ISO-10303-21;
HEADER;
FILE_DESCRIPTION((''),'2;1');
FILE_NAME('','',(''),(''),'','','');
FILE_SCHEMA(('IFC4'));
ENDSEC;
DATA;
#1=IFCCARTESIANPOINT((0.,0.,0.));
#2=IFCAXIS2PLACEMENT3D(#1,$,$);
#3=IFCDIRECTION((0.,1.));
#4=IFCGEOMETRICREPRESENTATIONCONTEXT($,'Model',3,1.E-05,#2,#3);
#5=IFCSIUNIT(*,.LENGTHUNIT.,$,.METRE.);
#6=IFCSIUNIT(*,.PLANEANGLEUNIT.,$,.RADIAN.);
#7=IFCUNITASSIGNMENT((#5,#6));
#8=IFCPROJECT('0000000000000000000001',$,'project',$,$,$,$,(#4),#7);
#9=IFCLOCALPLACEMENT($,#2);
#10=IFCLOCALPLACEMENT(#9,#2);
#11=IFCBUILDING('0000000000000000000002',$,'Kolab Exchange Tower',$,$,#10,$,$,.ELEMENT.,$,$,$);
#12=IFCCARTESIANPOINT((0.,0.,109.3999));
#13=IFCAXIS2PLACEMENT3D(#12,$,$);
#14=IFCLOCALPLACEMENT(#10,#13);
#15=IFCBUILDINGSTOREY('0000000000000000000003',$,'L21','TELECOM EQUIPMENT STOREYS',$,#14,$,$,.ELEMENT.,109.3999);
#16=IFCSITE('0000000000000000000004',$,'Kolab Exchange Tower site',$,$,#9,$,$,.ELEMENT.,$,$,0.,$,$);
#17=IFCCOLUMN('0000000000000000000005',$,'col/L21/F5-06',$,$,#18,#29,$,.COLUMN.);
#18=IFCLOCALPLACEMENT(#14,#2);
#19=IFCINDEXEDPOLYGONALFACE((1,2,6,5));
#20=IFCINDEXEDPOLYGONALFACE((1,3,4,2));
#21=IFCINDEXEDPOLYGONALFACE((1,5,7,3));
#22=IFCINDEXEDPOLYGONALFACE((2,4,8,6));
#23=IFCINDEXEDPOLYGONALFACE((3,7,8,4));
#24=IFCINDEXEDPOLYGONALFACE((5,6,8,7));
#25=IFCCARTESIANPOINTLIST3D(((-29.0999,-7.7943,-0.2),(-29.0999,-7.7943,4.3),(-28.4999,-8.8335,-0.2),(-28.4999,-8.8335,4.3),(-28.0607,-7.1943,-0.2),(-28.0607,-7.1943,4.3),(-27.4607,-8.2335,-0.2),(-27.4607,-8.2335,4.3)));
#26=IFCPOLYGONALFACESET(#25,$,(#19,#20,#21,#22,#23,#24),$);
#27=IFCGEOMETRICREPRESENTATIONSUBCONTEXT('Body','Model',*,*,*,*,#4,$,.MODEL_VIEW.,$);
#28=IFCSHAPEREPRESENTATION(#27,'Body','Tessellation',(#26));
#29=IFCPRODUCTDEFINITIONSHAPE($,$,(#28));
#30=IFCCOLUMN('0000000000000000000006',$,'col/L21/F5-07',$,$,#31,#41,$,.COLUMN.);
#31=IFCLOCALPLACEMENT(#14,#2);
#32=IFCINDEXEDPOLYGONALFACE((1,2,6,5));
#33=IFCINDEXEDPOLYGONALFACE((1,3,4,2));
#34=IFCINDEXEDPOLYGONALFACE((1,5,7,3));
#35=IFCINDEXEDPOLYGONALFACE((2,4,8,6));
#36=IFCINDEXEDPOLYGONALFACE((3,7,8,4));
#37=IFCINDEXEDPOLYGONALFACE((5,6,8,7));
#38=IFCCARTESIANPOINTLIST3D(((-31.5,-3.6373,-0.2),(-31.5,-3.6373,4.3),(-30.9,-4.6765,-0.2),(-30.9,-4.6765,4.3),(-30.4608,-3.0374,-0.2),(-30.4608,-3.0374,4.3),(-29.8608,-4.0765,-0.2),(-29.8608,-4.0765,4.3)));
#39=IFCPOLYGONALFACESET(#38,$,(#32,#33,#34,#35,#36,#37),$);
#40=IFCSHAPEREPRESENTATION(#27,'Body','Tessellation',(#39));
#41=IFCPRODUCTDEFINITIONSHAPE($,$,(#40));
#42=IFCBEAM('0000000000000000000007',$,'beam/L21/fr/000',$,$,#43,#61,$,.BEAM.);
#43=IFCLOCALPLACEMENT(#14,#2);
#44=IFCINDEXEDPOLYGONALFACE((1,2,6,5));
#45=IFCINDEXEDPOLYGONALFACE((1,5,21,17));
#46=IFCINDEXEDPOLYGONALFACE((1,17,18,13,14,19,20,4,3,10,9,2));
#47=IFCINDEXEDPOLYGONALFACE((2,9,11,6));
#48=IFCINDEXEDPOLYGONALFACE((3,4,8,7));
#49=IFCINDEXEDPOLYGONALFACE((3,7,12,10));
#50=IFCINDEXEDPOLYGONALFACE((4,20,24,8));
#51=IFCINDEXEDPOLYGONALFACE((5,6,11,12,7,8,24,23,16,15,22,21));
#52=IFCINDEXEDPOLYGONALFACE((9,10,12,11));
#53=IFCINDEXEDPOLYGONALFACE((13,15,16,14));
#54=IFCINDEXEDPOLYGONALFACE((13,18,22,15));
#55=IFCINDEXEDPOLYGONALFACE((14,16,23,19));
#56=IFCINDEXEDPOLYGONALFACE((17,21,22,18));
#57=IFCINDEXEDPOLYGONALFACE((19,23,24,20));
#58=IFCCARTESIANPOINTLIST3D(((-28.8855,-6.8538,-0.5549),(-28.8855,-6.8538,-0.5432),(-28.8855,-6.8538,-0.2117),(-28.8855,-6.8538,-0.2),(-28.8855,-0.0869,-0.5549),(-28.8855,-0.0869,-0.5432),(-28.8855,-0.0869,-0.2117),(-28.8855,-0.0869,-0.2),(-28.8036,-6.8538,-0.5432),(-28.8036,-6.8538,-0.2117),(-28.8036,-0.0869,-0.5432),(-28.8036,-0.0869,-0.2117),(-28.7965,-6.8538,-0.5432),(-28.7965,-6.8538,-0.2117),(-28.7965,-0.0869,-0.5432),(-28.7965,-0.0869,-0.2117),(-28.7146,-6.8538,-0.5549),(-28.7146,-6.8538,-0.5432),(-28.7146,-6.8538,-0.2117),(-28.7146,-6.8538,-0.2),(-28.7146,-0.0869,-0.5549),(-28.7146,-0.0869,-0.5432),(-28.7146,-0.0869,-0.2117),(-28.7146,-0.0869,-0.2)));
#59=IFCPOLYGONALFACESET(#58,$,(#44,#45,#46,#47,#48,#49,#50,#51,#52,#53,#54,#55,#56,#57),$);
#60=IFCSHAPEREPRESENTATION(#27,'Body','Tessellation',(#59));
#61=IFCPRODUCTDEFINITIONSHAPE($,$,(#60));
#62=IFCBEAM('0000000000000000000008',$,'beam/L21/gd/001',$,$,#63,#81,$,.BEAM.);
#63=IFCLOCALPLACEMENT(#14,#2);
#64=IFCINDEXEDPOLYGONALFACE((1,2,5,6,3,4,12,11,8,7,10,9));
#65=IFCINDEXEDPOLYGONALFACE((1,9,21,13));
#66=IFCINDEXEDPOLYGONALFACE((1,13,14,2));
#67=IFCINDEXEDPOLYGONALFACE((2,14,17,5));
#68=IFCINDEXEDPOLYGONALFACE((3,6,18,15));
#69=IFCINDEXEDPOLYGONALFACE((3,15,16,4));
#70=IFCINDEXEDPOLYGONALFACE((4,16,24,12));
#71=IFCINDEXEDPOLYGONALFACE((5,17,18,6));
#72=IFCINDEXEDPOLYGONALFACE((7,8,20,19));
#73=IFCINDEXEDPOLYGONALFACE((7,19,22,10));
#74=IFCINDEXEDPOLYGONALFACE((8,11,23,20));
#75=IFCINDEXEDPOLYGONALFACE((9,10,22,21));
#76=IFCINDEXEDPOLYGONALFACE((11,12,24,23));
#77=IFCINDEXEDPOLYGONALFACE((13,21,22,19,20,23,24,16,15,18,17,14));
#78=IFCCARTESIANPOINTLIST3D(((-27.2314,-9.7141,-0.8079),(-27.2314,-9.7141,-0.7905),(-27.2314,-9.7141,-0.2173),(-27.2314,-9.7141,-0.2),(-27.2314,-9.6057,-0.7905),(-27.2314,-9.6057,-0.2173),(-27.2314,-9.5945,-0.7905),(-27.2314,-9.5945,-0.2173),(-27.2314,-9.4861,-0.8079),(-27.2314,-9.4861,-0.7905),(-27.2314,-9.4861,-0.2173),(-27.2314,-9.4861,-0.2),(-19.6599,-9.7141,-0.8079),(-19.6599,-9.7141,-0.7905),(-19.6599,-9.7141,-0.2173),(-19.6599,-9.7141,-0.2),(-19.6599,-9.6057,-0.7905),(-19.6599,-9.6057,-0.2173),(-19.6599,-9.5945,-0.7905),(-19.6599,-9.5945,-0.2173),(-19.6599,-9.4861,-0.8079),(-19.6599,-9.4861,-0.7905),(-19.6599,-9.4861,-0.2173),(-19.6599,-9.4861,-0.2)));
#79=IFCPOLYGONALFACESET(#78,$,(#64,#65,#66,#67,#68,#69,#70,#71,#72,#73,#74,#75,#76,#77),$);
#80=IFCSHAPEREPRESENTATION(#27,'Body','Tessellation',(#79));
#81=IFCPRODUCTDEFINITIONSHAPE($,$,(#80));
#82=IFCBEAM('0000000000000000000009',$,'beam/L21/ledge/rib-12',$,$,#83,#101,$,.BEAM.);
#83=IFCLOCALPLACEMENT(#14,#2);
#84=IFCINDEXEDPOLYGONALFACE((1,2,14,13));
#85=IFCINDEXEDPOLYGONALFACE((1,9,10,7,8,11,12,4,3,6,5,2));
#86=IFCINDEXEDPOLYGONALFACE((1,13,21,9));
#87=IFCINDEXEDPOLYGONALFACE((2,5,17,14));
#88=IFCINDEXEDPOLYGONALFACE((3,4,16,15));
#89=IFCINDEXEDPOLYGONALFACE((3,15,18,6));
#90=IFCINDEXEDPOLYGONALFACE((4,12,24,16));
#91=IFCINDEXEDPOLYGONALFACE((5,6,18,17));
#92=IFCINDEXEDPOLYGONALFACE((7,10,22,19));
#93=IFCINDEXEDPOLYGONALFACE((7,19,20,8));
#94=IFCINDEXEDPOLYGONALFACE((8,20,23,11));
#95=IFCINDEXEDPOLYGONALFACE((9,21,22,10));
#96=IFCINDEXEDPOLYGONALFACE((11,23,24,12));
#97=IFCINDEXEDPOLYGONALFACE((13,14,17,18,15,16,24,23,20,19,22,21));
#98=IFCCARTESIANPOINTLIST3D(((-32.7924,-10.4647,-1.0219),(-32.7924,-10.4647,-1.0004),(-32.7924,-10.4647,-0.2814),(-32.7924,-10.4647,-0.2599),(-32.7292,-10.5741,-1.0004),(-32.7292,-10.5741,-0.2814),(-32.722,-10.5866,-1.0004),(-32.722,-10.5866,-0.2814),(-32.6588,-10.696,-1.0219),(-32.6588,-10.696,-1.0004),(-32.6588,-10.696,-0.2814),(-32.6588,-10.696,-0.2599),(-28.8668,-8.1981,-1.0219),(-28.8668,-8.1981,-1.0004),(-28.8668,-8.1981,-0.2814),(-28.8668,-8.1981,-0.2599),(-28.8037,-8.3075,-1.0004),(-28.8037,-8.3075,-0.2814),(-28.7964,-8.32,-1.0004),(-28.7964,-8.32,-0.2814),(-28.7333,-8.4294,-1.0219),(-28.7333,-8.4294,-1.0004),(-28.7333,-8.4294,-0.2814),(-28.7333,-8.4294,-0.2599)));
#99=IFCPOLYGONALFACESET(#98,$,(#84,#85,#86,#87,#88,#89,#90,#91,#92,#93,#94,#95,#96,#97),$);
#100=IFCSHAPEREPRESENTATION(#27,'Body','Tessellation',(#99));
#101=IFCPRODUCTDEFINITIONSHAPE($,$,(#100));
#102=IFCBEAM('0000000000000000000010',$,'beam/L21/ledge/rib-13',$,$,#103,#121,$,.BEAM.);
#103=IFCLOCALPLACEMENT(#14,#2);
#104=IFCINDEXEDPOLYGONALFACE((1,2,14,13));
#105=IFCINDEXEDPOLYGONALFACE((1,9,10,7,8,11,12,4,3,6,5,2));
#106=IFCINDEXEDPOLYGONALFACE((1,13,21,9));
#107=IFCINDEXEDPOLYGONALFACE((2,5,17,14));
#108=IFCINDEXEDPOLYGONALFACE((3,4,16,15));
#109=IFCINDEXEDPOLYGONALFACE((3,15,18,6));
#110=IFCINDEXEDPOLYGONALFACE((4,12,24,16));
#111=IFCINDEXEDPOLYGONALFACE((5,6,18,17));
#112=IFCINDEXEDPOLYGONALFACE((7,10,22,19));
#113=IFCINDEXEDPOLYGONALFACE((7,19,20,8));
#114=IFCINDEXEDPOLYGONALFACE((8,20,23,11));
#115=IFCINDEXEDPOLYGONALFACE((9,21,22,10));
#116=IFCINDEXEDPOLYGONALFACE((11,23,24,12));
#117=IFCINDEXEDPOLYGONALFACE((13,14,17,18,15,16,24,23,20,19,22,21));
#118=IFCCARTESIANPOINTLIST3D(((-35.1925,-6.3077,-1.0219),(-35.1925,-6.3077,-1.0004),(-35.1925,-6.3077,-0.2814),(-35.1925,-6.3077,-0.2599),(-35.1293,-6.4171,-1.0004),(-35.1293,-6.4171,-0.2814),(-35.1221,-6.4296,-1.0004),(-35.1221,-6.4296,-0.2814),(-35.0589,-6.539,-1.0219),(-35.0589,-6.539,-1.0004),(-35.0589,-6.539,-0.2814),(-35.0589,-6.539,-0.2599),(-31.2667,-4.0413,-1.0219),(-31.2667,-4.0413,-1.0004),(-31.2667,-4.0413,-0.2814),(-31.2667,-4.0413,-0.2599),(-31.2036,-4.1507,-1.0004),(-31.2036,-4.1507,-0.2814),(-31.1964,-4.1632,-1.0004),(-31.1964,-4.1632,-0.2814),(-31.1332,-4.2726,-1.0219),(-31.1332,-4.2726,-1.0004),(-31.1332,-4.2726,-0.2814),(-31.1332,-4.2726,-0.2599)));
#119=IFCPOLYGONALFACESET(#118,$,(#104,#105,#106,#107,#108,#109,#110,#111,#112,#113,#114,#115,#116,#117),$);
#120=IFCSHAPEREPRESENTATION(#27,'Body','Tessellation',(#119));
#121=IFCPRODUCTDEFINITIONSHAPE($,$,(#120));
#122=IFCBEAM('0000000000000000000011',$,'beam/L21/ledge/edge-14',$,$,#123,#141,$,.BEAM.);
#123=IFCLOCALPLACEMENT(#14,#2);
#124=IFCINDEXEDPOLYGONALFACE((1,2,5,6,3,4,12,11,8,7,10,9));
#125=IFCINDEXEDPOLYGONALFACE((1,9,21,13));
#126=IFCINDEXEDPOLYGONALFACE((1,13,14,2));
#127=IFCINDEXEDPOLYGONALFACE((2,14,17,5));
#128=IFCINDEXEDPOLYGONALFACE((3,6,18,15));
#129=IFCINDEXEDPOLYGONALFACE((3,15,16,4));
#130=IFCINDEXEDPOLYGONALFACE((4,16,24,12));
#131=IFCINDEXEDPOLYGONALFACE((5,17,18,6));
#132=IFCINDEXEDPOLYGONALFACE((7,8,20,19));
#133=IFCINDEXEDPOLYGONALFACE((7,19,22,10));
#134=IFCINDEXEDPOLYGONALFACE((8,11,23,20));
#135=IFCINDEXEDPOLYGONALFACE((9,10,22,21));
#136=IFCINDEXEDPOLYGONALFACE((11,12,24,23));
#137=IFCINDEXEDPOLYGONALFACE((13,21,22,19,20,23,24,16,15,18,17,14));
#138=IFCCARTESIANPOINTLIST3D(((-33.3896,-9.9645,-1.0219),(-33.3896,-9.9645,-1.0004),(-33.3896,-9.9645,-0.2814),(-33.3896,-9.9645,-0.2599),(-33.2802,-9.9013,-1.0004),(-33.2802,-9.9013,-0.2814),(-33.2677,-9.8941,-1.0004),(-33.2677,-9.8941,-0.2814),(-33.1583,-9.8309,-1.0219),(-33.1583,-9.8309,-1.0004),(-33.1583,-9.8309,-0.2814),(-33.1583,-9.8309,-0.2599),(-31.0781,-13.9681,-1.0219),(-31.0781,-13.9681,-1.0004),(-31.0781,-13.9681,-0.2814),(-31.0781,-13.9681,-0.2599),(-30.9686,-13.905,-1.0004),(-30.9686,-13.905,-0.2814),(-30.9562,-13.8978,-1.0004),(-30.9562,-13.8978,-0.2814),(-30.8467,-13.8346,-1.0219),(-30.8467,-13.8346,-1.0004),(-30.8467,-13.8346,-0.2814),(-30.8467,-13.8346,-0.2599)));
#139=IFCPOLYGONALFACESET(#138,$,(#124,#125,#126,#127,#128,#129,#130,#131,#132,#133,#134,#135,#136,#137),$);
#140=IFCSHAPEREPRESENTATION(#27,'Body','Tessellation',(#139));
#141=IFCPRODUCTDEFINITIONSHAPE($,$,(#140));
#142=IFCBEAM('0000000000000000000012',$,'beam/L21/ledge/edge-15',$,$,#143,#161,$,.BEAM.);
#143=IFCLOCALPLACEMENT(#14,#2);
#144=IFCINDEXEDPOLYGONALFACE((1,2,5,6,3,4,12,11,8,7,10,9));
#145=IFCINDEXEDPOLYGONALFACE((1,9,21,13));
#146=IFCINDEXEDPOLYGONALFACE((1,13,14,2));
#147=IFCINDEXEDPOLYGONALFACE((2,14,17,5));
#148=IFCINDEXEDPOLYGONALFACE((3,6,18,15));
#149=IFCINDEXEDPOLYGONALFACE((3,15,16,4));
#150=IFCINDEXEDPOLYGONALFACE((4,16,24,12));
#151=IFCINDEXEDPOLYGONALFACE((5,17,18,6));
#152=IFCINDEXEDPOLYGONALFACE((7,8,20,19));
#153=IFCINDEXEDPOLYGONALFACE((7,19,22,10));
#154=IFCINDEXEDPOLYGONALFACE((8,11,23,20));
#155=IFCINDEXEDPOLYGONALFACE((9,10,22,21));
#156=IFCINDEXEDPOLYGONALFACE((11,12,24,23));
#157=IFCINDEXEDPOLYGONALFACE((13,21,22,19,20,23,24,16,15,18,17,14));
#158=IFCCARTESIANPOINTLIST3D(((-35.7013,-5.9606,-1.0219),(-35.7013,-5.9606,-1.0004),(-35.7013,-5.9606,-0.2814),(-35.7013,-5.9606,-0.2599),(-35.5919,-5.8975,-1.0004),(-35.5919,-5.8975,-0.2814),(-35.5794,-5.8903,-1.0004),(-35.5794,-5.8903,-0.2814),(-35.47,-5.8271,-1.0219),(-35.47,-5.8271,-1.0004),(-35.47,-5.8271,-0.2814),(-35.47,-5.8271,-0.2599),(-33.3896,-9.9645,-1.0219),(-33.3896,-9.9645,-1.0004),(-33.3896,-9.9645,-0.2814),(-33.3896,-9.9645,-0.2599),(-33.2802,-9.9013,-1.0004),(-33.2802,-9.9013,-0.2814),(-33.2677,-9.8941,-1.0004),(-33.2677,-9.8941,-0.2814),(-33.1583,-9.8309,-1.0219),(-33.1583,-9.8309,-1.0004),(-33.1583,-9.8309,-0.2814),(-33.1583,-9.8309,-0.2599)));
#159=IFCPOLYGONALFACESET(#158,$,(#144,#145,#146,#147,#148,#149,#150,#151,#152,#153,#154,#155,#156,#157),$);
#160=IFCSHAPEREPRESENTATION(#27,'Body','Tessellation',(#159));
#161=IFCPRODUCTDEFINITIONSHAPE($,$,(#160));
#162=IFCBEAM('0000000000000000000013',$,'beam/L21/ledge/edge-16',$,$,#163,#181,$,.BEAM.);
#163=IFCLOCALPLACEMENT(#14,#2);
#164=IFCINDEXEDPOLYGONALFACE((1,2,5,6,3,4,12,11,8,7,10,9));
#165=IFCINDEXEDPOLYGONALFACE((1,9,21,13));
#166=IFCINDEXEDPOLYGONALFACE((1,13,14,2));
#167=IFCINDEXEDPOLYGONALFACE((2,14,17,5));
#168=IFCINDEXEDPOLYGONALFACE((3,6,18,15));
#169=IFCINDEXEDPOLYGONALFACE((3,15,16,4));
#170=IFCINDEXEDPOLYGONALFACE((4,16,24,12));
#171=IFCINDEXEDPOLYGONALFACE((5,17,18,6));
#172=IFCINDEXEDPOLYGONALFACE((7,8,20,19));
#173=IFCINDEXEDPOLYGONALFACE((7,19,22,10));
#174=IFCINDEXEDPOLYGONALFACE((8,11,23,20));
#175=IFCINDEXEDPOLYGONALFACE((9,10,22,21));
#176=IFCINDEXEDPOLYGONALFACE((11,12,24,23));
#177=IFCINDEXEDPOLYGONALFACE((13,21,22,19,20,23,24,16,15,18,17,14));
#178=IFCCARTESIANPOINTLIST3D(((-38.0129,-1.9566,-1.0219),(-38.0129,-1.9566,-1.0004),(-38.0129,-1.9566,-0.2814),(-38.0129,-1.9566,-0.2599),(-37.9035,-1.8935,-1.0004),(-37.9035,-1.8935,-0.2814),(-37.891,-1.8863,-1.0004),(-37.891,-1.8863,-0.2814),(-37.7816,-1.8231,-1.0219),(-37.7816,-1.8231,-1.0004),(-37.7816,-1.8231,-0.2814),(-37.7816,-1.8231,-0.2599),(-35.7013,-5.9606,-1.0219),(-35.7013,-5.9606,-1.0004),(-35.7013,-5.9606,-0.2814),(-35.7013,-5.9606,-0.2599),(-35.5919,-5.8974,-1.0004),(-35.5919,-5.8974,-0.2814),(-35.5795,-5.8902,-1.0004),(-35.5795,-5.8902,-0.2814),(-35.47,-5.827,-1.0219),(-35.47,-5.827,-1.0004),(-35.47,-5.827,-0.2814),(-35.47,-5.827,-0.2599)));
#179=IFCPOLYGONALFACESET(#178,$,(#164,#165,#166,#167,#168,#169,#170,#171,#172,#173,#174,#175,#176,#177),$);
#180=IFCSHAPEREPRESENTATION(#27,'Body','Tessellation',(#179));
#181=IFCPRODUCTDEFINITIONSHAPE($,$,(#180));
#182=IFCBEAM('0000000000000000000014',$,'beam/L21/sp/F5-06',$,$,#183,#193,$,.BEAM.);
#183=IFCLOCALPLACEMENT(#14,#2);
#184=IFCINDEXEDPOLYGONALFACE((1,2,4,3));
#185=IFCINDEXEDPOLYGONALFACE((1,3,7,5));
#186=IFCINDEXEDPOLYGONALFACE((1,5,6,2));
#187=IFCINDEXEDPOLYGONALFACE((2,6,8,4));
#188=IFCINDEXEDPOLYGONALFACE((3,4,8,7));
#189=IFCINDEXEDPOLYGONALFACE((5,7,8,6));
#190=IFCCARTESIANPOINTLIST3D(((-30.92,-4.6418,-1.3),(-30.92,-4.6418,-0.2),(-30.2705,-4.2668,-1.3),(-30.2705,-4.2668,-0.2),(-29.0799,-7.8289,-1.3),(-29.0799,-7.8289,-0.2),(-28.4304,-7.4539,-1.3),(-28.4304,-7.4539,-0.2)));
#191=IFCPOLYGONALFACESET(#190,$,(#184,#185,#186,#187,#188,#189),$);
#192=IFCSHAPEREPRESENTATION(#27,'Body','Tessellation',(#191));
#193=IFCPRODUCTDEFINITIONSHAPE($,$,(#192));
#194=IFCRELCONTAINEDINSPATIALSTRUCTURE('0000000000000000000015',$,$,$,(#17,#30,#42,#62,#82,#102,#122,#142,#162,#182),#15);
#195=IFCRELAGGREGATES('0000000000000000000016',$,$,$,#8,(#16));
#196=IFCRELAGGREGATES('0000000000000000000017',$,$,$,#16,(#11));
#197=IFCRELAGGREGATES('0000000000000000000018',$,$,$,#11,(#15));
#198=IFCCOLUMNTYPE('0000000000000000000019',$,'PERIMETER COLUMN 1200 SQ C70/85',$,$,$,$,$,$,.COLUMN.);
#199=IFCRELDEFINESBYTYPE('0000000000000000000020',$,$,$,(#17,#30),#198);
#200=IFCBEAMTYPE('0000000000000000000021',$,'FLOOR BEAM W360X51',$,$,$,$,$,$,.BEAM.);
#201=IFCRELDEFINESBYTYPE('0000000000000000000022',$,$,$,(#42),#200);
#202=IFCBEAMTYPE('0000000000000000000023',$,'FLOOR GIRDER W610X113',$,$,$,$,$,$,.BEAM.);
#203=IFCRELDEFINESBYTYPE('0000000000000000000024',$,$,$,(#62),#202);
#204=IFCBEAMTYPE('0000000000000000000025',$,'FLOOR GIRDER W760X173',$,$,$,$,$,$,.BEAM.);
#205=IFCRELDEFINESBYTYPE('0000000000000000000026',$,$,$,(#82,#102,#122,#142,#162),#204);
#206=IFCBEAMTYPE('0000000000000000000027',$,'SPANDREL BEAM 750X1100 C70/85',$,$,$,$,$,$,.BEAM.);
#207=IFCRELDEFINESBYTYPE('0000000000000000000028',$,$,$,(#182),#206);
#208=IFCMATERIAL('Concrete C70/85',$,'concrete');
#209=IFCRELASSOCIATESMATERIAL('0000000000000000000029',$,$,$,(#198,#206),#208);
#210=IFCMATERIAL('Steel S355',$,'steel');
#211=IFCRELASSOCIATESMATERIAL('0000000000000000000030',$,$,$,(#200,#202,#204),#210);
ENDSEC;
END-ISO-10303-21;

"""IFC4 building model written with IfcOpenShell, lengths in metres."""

from ifc_helpers import new_model, si_unit, direction, frame, origin, origin_2d, place, context, subcontext, project, spatial, rectangle, i_section, extrude, material, material_profile, profile_set, type_object, element, save


model = new_model("IFC4")

# Units and contexts
model_context = context("Model", 3, precision=1e-05, world=origin(), true_north=direction((0.0, 1.0)))
body_context = subcontext(model_context, "Body", "Model", "MODEL_VIEW")
ifc_project = project(units=[si_unit("LENGTHUNIT", "METRE"), si_unit("PLANEANGLEUNIT", "RADIAN")], contexts=[model_context])

# Site, building, storey
site_placement = place(None, origin())
site = spatial("IfcSite", under=ifc_project, at=site_placement, Name="Kolab Exchange Tower site", CompositionType="ELEMENT", RefElevation=0.0)
building_placement = place(site_placement, origin())
building = spatial("IfcBuilding", under=site, at=building_placement, Name="Kolab Exchange Tower", CompositionType="ELEMENT")
storey_placement = place(building_placement, frame((0.0, 0.0, 109.3999)))
storey = spatial("IfcBuildingStorey", under=building, at=storey_placement, Name="L21", Description="TELECOM EQUIPMENT STOREYS", CompositionType="ELEMENT", Elevation=109.3999)

# Columns
ifc_material_1 = material(Name="Concrete C70/85", Category="concrete")
ifc_material_profile_1 = material_profile(ifc_material_1, rectangle(XDim=1.2, YDim=1.2, at=origin_2d()), Name="RC1200")
ifc_profile_set_1 = profile_set([ifc_material_profile_1], Name="Concrete C70/85")
column_type = type_object("IfcColumnType", Name="PERIMETER COLUMN 1200 SQ C70/85", PredefinedType="COLUMN", material=ifc_profile_set_1)
for number, where, z_axis, x_axis, name in (
    (1, (-28.2803, -8.0139, -0.2), (0.0, 0.0, 1.0), (0.866025, 0.5, 0.0), "col/L21/F5-06"),
    (2, (-30.6804, -3.8569, -0.2), (0.0, 0.0, 1.0), (0.866025, 0.5, 0.0), "col/L21/F5-07"),
):
    element("IfcColumn", number, at=place(storey_placement, frame(where, z_axis=z_axis, x_axis=x_axis)), inside=storey, type_object=column_type, Name=name, PredefinedType="COLUMN", context=body_context, shape_type="SweptSolid", body=[
        extrude(rectangle(XDim=1.2, YDim=1.2, at=origin_2d()), origin(), (0.0, 0.0, 1.0), 4.5),
    ])

# Beams
ifc_material_2 = material(Name="Steel S355", Category="steel")
ifc_material_profile_2 = material_profile(ifc_material_2, i_section(OverallWidth=0.1709, OverallDepth=0.355, WebThickness=0.0071, FlangeThickness=0.0117, at=origin_2d()), Name="W360X51")
ifc_profile_set_2 = profile_set([ifc_material_profile_2], Name="Steel S355")
beam_type_1 = type_object("IfcBeamType", Name="FLOOR BEAM W360X51", PredefinedType="BEAM", material=ifc_profile_set_2)
beam_1_placement = place(storey_placement, frame((-28.8, -6.8538, -0.3774), z_axis=(0.0, 1.0, 0.0), x_axis=(-1.0, 0.0, 0.0)))
element("IfcBeam", 3, at=beam_1_placement, inside=storey, type_object=beam_type_1, Name="beam/L21/fr/000", PredefinedType="BEAM", context=body_context, shape_type="SweptSolid", body=[
    extrude(i_section(OverallWidth=0.1709, OverallDepth=0.355, WebThickness=0.0071, FlangeThickness=0.0117, at=origin_2d()), origin(), (0.0, 0.0, 1.0), 6.7668),
])
ifc_material_profile_3 = material_profile(ifc_material_2, i_section(OverallWidth=0.228, OverallDepth=0.6079, WebThickness=0.0112, FlangeThickness=0.0173, at=origin_2d()), Name="W610X113")
ifc_profile_set_3 = profile_set([ifc_material_profile_3], Name="Steel S355")
beam_type_2 = type_object("IfcBeamType", Name="FLOOR GIRDER W610X113", PredefinedType="BEAM", material=ifc_profile_set_3)
beam_2_placement = place(storey_placement, frame((-27.2314, -9.6001, -0.5039), z_axis=(1.0, 0.0, 0.0), x_axis=(0.0, 1.0, 0.0)))
element("IfcBeam", 4, at=beam_2_placement, inside=storey, type_object=beam_type_2, Name="beam/L21/gd/001", PredefinedType="BEAM", context=body_context, shape_type="SweptSolid", body=[
    extrude(i_section(OverallWidth=0.228, OverallDepth=0.6079, WebThickness=0.0112, FlangeThickness=0.0173, at=origin_2d()), origin(), (0.0, 0.0, 1.0), 7.5715),
])
ifc_material_profile_4 = material_profile(ifc_material_2, i_section(OverallWidth=0.2671, OverallDepth=0.762, WebThickness=0.0144, FlangeThickness=0.0215, at=origin_2d()), Name="W760X173")
ifc_profile_set_4 = profile_set([ifc_material_profile_4], Name="Steel S355")
beam_type_3 = type_object("IfcBeamType", Name="FLOOR GIRDER W760X173", PredefinedType="BEAM", material=ifc_profile_set_4)
for number, where, z_axis, x_axis, name in (
    (5, (-28.8, -8.3137, -0.6409), (-0.866007, -0.500032, 0.0), (0.500032, -0.866007, 0.0), "beam/L21/ledge/rib-12"),
    (6, (-31.2, -4.157, -0.6409), (-0.866044, -0.499968, 0.0), (0.499968, -0.866044, 0.0), "beam/L21/ledge/rib-13"),
):
    element("IfcBeam", number, at=place(storey_placement, frame(where, z_axis=z_axis, x_axis=x_axis)), inside=storey, type_object=beam_type_3, Name=name, PredefinedType="BEAM", context=body_context, shape_type="SweptSolid", body=[
        extrude(i_section(OverallWidth=0.2671, OverallDepth=0.762, WebThickness=0.0144, FlangeThickness=0.0215, at=origin_2d()), origin(), (0.0, 0.0, 1.0), 4.533),
    ])
beam_3_placement = place(storey_placement, frame((-30.9624, -13.9014, -0.6409), z_axis=(-0.500001, 0.866025, 0.0), x_axis=(-0.866025, -0.500001, 0.0)))
element("IfcBeam", 7, at=beam_3_placement, inside=storey, type_object=beam_type_3, Name="beam/L21/ledge/edge-14", PredefinedType="BEAM", context=body_context, shape_type="SweptSolid", body=[
    extrude(i_section(OverallWidth=0.2671, OverallDepth=0.762, WebThickness=0.0144, FlangeThickness=0.0215, at=origin_2d()), origin(), (0.0, 0.0, 1.0), 4.623),
])
for number, where, z_axis, x_axis, name in (
    (8, (-33.2739, -9.8977, -0.6409), (-0.500018, 0.866015, 0.0), (-0.866015, -0.500018, 0.0), "beam/L21/ledge/edge-15"),
    (9, (-35.5857, -5.8938, -0.6409), (-0.499978, 0.866038, 0.0), (-0.866038, -0.499978, 0.0), "beam/L21/ledge/edge-16"),
):
    element("IfcBeam", number, at=place(storey_placement, frame(where, z_axis=z_axis, x_axis=x_axis)), inside=storey, type_object=beam_type_3, Name=name, PredefinedType="BEAM", context=body_context, shape_type="SweptSolid", body=[
        extrude(i_section(OverallWidth=0.2671, OverallDepth=0.762, WebThickness=0.0144, FlangeThickness=0.0215, at=origin_2d()), origin(), (0.0, 0.0, 1.0), 4.6233),
    ])
ifc_material_profile_5 = material_profile(ifc_material_1, rectangle(XDim=0.75, YDim=1.1001, at=origin_2d()), Name="RC750X1100")
ifc_profile_set_5 = profile_set([ifc_material_profile_5], Name="Concrete C70/85")
beam_type_4 = type_object("IfcBeamType", Name="SPANDREL BEAM 750X1100 C70/85", PredefinedType="BEAM", material=ifc_profile_set_5)
beam_4_placement = place(storey_placement, frame((-28.7551, -7.6414, -0.75), z_axis=(-0.500013, 0.866018, 0.0), x_axis=(-0.866018, -0.500013, 0.0)))
element("IfcBeam", 10, at=beam_4_placement, inside=storey, type_object=beam_type_4, Name="beam/L21/sp/F5-06", PredefinedType="BEAM", context=body_context, shape_type="SweptSolid", body=[
    extrude(rectangle(XDim=0.75, YDim=1.1001, at=origin_2d()), origin(), (0.0, 0.0, 1.0), 3.6802),
])

save(model, "model.ifc")
